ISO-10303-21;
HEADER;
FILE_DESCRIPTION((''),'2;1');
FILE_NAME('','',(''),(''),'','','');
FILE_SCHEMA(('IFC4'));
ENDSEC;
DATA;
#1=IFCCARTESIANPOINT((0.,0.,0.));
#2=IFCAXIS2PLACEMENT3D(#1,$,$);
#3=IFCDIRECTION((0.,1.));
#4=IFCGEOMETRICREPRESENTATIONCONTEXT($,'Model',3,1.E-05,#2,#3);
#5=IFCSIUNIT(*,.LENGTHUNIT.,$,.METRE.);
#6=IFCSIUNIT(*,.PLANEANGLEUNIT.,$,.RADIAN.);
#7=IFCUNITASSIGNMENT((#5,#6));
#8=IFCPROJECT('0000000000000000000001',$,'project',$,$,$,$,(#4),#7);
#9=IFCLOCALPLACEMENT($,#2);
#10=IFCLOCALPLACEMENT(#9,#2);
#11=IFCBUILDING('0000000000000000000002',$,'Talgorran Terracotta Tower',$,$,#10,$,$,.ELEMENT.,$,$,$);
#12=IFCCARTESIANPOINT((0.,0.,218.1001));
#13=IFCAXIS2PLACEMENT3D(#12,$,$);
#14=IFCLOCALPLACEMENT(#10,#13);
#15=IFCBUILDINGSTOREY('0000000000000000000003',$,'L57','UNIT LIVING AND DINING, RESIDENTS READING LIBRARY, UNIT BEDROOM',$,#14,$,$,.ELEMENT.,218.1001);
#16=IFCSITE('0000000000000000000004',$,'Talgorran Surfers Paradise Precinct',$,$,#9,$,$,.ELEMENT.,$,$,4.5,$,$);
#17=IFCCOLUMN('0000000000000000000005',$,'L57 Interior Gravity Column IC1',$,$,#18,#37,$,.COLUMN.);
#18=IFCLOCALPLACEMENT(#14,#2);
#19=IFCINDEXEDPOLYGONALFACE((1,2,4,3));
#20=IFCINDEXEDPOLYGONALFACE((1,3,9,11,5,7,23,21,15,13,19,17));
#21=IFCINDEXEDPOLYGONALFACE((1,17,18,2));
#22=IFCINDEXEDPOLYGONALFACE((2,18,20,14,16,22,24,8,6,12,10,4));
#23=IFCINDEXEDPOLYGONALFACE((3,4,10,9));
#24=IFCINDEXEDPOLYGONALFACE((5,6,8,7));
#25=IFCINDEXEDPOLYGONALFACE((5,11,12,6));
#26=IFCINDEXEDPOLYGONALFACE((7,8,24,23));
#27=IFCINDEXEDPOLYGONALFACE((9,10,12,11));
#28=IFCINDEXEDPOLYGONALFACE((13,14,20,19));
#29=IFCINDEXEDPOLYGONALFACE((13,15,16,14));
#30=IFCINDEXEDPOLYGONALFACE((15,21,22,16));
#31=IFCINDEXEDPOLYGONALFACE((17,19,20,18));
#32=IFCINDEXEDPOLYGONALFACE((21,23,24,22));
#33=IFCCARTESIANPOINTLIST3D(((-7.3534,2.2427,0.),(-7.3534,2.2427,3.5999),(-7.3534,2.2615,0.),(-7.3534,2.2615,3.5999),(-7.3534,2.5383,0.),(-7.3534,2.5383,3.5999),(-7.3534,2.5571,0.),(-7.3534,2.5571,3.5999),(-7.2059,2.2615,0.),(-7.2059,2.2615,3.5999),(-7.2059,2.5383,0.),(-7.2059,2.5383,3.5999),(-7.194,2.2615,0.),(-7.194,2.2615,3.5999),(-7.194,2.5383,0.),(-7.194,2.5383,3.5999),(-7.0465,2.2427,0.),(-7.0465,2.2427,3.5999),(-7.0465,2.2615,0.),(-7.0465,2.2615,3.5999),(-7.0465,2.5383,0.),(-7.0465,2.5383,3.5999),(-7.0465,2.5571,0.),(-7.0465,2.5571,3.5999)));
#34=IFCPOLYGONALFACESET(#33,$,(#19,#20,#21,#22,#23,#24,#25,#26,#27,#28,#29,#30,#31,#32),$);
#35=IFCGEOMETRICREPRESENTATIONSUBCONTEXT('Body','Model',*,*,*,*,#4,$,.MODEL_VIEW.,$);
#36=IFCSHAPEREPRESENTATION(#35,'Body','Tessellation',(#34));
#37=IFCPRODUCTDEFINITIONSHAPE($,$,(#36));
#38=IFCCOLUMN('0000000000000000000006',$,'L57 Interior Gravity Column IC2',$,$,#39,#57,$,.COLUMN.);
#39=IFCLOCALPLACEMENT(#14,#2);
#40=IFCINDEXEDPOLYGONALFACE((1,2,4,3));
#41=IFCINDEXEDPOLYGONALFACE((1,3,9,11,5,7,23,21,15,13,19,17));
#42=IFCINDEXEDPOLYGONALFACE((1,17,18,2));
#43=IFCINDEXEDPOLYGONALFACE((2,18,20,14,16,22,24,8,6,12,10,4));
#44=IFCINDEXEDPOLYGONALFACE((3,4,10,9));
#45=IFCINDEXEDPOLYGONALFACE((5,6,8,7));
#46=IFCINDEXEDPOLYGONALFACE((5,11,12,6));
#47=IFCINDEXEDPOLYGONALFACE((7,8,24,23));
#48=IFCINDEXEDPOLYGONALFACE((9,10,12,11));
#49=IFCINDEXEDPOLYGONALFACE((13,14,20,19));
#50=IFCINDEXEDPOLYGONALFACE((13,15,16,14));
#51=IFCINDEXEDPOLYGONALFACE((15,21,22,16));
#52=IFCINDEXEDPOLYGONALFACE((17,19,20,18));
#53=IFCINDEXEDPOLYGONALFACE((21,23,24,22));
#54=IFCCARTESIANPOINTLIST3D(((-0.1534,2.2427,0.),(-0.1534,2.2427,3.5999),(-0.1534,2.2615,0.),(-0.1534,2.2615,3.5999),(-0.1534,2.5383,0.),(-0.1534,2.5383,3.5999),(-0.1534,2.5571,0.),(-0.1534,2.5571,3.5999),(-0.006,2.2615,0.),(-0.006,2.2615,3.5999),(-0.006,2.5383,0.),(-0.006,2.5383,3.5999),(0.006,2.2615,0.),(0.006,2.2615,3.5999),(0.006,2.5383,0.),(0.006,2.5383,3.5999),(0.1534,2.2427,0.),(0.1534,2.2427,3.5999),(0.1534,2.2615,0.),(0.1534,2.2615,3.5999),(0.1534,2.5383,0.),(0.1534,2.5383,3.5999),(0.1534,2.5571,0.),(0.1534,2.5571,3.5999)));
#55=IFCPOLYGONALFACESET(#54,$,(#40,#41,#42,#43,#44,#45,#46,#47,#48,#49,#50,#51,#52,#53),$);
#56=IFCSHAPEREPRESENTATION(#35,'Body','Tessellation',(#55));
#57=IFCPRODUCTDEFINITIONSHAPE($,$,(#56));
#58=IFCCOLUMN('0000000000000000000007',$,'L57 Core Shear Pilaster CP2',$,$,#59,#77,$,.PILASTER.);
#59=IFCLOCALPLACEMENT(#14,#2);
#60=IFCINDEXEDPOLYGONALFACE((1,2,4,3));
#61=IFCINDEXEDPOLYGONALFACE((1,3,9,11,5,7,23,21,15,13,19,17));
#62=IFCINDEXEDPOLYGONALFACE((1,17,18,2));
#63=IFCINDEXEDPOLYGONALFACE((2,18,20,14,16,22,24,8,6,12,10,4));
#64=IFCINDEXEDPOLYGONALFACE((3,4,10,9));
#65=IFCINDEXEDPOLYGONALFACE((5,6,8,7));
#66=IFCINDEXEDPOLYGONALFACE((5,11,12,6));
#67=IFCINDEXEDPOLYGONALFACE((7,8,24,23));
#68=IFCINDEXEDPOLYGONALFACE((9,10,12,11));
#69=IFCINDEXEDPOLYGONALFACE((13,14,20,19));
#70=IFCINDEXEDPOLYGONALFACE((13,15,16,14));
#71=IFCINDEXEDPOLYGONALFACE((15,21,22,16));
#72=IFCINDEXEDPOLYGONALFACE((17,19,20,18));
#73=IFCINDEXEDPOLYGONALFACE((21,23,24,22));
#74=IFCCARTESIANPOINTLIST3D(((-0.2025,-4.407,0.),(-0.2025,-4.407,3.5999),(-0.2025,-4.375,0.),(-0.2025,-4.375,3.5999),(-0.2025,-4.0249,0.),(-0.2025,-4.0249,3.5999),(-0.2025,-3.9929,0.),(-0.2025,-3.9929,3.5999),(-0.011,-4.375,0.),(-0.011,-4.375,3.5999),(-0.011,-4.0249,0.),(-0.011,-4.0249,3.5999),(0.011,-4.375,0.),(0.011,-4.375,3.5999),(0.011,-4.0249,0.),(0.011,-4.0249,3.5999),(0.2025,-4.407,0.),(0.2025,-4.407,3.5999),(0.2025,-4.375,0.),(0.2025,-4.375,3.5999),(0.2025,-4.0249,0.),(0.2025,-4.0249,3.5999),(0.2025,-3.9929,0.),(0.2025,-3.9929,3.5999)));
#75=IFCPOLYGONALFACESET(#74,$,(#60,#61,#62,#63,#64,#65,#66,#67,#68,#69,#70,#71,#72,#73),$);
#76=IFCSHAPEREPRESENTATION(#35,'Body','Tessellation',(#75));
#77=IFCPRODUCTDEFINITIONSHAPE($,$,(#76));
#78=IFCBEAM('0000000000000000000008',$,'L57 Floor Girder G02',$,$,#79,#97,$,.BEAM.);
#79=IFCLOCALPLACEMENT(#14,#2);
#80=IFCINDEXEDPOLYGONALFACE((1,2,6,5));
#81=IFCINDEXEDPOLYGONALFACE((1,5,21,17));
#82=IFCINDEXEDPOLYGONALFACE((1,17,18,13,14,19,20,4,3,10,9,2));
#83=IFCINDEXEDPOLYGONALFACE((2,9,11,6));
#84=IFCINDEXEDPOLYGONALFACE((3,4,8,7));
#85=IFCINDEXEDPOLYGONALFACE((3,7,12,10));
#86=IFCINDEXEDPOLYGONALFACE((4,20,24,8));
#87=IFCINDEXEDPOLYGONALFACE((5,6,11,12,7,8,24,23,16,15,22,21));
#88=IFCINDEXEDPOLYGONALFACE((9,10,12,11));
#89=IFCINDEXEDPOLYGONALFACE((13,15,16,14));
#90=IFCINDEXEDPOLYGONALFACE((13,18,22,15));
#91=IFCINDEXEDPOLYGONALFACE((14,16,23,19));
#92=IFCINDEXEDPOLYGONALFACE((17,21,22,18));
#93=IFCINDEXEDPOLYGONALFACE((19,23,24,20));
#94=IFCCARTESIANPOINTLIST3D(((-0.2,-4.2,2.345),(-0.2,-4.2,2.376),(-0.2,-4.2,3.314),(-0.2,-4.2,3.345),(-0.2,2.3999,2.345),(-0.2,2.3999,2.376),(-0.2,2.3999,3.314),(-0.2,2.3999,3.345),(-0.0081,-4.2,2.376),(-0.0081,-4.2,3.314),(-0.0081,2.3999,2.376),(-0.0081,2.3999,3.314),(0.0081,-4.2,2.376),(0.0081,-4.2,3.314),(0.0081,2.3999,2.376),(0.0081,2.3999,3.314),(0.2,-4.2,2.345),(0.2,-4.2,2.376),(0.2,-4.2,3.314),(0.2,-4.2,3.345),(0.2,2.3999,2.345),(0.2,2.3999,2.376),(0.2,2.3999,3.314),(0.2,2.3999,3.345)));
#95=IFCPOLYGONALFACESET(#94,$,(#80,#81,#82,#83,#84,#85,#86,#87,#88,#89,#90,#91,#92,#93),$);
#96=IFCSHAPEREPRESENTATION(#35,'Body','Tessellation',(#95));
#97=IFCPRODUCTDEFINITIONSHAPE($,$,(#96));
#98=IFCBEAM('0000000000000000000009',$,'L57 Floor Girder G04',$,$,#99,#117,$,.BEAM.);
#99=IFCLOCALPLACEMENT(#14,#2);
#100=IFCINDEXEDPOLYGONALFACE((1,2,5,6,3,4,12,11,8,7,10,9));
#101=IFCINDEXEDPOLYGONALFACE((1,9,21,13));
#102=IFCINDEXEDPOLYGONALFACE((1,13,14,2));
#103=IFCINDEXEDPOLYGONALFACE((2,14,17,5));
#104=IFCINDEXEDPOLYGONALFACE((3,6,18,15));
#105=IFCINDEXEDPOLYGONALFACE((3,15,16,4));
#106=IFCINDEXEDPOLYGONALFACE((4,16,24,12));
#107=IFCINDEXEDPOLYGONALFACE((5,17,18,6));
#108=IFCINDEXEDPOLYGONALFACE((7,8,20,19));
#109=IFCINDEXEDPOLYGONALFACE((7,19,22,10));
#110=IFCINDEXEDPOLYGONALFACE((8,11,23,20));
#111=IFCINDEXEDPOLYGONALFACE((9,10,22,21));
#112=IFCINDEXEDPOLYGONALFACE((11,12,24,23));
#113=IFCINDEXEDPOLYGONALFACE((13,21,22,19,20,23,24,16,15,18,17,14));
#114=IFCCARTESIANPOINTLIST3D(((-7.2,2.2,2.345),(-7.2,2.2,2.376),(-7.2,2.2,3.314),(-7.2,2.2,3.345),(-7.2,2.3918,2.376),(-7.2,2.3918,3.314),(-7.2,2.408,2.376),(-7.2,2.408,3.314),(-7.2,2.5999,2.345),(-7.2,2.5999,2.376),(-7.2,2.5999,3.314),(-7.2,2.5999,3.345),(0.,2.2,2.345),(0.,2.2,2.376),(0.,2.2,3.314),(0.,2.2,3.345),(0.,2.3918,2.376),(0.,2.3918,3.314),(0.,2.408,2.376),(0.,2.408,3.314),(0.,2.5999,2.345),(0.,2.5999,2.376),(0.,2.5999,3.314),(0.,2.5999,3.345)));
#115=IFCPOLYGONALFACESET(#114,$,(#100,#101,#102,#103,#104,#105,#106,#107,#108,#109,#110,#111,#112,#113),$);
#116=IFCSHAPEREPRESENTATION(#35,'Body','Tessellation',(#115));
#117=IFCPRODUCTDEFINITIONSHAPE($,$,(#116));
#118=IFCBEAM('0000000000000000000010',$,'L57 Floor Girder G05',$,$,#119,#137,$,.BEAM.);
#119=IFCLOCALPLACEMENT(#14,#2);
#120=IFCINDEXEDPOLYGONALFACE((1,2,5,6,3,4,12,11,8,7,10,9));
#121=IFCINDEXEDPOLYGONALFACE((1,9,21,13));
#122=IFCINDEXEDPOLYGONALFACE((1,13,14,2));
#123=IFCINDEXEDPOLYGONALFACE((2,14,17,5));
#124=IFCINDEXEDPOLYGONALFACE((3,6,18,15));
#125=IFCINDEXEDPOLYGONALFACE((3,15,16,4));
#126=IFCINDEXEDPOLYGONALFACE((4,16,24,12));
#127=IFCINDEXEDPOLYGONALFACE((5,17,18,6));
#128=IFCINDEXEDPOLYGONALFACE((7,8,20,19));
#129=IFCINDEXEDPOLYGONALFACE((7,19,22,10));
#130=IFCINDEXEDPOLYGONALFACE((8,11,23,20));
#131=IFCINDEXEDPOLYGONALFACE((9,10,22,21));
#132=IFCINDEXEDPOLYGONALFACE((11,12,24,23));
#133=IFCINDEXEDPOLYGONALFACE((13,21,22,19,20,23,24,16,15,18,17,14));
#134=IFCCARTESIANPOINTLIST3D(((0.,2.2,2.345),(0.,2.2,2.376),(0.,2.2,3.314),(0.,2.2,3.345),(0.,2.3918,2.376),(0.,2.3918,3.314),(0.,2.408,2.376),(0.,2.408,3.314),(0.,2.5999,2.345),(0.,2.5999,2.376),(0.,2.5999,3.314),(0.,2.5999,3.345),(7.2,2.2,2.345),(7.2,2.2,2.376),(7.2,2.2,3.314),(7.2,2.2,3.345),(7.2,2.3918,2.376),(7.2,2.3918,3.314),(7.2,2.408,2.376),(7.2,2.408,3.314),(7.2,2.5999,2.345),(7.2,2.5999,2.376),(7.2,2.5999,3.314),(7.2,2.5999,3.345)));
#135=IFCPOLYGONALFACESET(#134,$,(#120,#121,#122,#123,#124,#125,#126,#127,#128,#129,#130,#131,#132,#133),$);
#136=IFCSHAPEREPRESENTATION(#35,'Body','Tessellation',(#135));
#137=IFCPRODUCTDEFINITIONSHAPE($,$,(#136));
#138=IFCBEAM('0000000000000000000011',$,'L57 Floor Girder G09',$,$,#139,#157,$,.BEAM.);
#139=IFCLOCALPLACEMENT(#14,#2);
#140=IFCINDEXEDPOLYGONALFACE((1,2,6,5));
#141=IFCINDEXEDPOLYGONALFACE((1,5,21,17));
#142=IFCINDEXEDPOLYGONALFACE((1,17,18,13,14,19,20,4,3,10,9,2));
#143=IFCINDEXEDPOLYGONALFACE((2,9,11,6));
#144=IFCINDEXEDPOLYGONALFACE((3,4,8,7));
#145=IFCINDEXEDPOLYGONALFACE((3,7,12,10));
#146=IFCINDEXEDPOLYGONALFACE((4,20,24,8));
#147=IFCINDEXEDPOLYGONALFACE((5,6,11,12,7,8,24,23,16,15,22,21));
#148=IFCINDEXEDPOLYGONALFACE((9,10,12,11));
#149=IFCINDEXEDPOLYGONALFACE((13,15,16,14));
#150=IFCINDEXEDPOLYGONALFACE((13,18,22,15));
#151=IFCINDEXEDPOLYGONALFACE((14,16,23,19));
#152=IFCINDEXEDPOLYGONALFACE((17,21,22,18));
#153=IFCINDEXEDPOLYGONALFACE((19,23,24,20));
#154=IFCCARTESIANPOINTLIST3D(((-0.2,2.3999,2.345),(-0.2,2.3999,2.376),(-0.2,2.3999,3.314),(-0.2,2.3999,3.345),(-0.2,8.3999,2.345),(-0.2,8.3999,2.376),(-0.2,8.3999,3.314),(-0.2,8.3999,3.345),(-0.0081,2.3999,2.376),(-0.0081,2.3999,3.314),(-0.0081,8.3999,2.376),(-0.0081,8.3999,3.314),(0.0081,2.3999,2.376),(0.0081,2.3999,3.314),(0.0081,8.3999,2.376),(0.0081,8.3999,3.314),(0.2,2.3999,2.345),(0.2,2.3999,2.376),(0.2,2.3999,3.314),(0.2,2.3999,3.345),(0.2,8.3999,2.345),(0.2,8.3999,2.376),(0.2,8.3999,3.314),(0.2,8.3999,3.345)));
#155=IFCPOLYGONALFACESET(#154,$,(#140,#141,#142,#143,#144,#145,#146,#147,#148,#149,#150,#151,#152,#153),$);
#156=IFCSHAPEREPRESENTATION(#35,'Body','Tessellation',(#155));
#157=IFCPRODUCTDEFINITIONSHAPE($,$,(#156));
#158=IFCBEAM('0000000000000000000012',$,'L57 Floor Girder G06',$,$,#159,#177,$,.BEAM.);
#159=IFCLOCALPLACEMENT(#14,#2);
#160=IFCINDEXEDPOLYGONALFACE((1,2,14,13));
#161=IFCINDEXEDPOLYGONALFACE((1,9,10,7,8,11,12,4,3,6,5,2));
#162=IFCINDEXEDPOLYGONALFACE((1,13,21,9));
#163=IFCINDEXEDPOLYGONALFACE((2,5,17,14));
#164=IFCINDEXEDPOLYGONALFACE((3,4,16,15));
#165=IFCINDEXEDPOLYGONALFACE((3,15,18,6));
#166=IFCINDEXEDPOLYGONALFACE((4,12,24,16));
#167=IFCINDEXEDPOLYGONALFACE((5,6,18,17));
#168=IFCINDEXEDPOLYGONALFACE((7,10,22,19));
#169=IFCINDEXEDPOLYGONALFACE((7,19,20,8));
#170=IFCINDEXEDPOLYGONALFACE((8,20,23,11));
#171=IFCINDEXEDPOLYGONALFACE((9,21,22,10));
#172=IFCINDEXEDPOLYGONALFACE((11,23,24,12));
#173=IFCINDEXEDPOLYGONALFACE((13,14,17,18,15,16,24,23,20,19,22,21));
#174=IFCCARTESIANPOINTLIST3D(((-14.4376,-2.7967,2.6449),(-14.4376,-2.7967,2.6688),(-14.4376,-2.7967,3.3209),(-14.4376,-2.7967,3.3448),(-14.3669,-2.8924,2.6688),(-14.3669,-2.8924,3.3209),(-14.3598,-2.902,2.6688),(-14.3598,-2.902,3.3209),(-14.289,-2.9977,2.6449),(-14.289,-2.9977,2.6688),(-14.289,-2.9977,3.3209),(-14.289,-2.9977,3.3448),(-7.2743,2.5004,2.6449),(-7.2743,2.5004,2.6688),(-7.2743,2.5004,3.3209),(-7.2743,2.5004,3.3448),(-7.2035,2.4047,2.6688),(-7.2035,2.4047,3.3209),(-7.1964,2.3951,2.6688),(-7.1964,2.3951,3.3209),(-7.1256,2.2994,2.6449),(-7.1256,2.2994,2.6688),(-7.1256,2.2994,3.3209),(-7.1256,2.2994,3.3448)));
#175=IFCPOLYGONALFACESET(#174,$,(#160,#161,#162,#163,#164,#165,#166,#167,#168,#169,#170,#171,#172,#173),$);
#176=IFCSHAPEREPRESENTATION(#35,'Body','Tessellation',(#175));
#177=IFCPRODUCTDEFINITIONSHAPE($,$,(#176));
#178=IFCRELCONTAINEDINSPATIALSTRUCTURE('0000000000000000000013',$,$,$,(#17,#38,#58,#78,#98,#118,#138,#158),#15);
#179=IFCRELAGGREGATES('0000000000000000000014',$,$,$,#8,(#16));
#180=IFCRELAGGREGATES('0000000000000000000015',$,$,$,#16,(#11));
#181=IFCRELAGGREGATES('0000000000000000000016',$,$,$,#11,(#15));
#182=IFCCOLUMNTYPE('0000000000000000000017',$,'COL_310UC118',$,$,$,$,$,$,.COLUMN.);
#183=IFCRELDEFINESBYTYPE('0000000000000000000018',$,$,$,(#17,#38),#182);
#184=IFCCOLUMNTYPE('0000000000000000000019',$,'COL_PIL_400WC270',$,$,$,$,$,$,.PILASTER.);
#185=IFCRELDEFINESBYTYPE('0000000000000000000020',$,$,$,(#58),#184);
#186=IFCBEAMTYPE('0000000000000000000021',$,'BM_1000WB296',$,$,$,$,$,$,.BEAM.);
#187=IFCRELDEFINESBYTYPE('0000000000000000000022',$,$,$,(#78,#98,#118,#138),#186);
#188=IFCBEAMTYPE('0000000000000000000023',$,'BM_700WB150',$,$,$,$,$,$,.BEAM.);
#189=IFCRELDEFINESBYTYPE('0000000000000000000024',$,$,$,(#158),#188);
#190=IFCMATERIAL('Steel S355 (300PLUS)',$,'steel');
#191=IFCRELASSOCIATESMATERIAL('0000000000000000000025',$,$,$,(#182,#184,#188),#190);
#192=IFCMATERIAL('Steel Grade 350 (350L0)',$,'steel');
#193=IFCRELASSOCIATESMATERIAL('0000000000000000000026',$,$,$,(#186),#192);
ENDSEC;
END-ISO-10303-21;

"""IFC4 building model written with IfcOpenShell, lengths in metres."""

from ifc_helpers import new_model, si_unit, direction, frame, origin, origin_2d, place, context, subcontext, project, spatial, i_section, extrude, material, material_profile, profile_set, type_object, element, save


model = new_model("IFC4")

# Units and contexts
model_context = context("Model", 3, precision=1e-05, world=origin(), true_north=direction((0.0, 1.0)))
body_context = subcontext(model_context, "Body", "Model", "MODEL_VIEW")
ifc_project = project(units=[si_unit("LENGTHUNIT", "METRE"), si_unit("PLANEANGLEUNIT", "RADIAN")], contexts=[model_context])

# Site, building, storey
site_placement = place(None, origin())
site = spatial("IfcSite", under=ifc_project, at=site_placement, Name="Talgorran Surfers Paradise Precinct", CompositionType="ELEMENT", RefElevation=4.5)
building_placement = place(site_placement, origin())
building = spatial("IfcBuilding", under=site, at=building_placement, Name="Talgorran Terracotta Tower", CompositionType="ELEMENT")
storey_placement = place(building_placement, frame((0.0, 0.0, 218.1001)))
storey = spatial("IfcBuildingStorey", under=building, at=storey_placement, Name="L57", Description="UNIT LIVING AND DINING, RESIDENTS READING LIBRARY, UNIT BEDROOM", CompositionType="ELEMENT", Elevation=218.1001)

# Columns
ifc_material_1 = material(Name="Steel S355 (300PLUS)", Category="steel")
ifc_material_profile_1 = material_profile(ifc_material_1, i_section(OverallWidth=0.3069, OverallDepth=0.3145, WebThickness=0.012, FlangeThickness=0.0188, at=origin_2d()), Name="310UC118")
ifc_profile_set_1 = profile_set([ifc_material_profile_1], Name="Steel S355 (300PLUS)")
column_type_1 = type_object("IfcColumnType", Name="COL_310UC118", PredefinedType="COLUMN", material=ifc_profile_set_1)
for number, where, z_axis, x_axis, name in (
    (1, (-7.2, 2.3999, 0.0), (0.0, 0.0, 1.0), (1.0, 0.0, 0.0), "L57 Interior Gravity Column IC1"),
    (2, (0.0, 2.3999, 0.0), (0.0, 0.0, 1.0), (1.0, 0.0, 0.0), "L57 Interior Gravity Column IC2"),
):
    element("IfcColumn", number, at=place(storey_placement, frame(where, z_axis=z_axis, x_axis=x_axis)), inside=storey, type_object=column_type_1, Name=name, PredefinedType="COLUMN", context=body_context, shape_type="SweptSolid", body=[
        extrude(i_section(OverallWidth=0.3069, OverallDepth=0.3145, WebThickness=0.012, FlangeThickness=0.0188, at=origin_2d()), origin(), (0.0, 0.0, 1.0), 3.5999),
    ])
ifc_material_profile_2 = material_profile(ifc_material_1, i_section(OverallWidth=0.405, OverallDepth=0.4141, WebThickness=0.022, FlangeThickness=0.032, at=origin_2d()), Name="400WC270")
ifc_profile_set_2 = profile_set([ifc_material_profile_2], Name="Steel S355 (300PLUS)")
column_type_2 = type_object("IfcColumnType", Name="COL_PIL_400WC270", PredefinedType="PILASTER", material=ifc_profile_set_2)
column_placement = place(storey_placement, frame((0.0, -4.2, 0.0), z_axis=(0.0, 0.0, 1.0), x_axis=(1.0, 0.0, 0.0)))
element("IfcColumn", 3, at=column_placement, inside=storey, type_object=column_type_2, Name="L57 Core Shear Pilaster CP2", PredefinedType="PILASTER", context=body_context, shape_type="SweptSolid", body=[
    extrude(i_section(OverallWidth=0.405, OverallDepth=0.4141, WebThickness=0.022, FlangeThickness=0.032, at=origin_2d()), origin(), (0.0, 0.0, 1.0), 3.5999),
])

# Beams
ifc_material_2 = material(Name="Steel Grade 350 (350L0)", Category="steel")
ifc_material_profile_3 = material_profile(ifc_material_2, i_section(OverallWidth=0.3999, OverallDepth=1.0, WebThickness=0.0161, FlangeThickness=0.031, at=origin_2d()), Name="1000WB296")
ifc_profile_set_3 = profile_set([ifc_material_profile_3], Name="Steel Grade 350 (350L0)")
beam_type_1 = type_object("IfcBeamType", Name="BM_1000WB296", PredefinedType="BEAM", material=ifc_profile_set_3)
beam_1_placement = place(storey_placement, frame((0.0, -4.2, 2.845), z_axis=(0.0, 1.0, 0.0), x_axis=(-1.0, 0.0, 0.0)))
element("IfcBeam", 4, at=beam_1_placement, inside=storey, type_object=beam_type_1, Name="L57 Floor Girder G02", PredefinedType="BEAM", context=body_context, shape_type="SweptSolid", body=[
    extrude(i_section(OverallWidth=0.3999, OverallDepth=1.0, WebThickness=0.0161, FlangeThickness=0.031, at=origin_2d()), origin(), (0.0, 0.0, 1.0), 6.5999),
])
for number, where, z_axis, x_axis, name in (
    (5, (-7.2, 2.3999, 2.845), (1.0, 0.0, 0.0), (0.0, 1.0, 0.0), "L57 Floor Girder G04"),
    (6, (0.0, 2.3999, 2.845), (1.0, 0.0, 0.0), (0.0, 1.0, 0.0), "L57 Floor Girder G05"),
):
    element("IfcBeam", number, at=place(storey_placement, frame(where, z_axis=z_axis, x_axis=x_axis)), inside=storey, type_object=beam_type_1, Name=name, PredefinedType="BEAM", context=body_context, shape_type="SweptSolid", body=[
        extrude(i_section(OverallWidth=0.3999, OverallDepth=1.0, WebThickness=0.0161, FlangeThickness=0.031, at=origin_2d()), origin(), (0.0, 0.0, 1.0), 7.2),
    ])
beam_2_placement = place(storey_placement, frame((0.0, 2.3999, 2.845), z_axis=(0.0, 1.0, 0.0), x_axis=(-1.0, 0.0, 0.0)))
element("IfcBeam", 7, at=beam_2_placement, inside=storey, type_object=beam_type_1, Name="L57 Floor Girder G09", PredefinedType="BEAM", context=body_context, shape_type="SweptSolid", body=[
    extrude(i_section(OverallWidth=0.3999, OverallDepth=1.0, WebThickness=0.0161, FlangeThickness=0.031, at=origin_2d()), origin(), (0.0, 0.0, 1.0), 6.0),
])
ifc_material_profile_4 = material_profile(ifc_material_1, i_section(OverallWidth=0.25, OverallDepth=0.7, WebThickness=0.012, FlangeThickness=0.0239, at=origin_2d()), Name="700WB150")
ifc_profile_set_4 = profile_set([ifc_material_profile_4], Name="Steel S355 (300PLUS)")
beam_type_2 = type_object("IfcBeamType", Name="BM_700WB150", PredefinedType="BEAM", material=ifc_profile_set_4)
beam_3_placement = place(storey_placement, frame((-7.2, 2.3999, 2.9949), z_axis=(-0.804043, -0.594571, 0.0), x_axis=(0.594571, -0.804043, 0.0)))
element("IfcBeam", 8, at=beam_3_placement, inside=storey, type_object=beam_type_2, Name="L57 Floor Girder G06", PredefinedType="BEAM", context=body_context, shape_type="SweptSolid", body=[
    extrude(i_section(OverallWidth=0.25, OverallDepth=0.7, WebThickness=0.012, FlangeThickness=0.0239, at=origin_2d()), origin(), (0.0, 0.0, 1.0), 8.9092),
])

save(model, "model.ifc")
